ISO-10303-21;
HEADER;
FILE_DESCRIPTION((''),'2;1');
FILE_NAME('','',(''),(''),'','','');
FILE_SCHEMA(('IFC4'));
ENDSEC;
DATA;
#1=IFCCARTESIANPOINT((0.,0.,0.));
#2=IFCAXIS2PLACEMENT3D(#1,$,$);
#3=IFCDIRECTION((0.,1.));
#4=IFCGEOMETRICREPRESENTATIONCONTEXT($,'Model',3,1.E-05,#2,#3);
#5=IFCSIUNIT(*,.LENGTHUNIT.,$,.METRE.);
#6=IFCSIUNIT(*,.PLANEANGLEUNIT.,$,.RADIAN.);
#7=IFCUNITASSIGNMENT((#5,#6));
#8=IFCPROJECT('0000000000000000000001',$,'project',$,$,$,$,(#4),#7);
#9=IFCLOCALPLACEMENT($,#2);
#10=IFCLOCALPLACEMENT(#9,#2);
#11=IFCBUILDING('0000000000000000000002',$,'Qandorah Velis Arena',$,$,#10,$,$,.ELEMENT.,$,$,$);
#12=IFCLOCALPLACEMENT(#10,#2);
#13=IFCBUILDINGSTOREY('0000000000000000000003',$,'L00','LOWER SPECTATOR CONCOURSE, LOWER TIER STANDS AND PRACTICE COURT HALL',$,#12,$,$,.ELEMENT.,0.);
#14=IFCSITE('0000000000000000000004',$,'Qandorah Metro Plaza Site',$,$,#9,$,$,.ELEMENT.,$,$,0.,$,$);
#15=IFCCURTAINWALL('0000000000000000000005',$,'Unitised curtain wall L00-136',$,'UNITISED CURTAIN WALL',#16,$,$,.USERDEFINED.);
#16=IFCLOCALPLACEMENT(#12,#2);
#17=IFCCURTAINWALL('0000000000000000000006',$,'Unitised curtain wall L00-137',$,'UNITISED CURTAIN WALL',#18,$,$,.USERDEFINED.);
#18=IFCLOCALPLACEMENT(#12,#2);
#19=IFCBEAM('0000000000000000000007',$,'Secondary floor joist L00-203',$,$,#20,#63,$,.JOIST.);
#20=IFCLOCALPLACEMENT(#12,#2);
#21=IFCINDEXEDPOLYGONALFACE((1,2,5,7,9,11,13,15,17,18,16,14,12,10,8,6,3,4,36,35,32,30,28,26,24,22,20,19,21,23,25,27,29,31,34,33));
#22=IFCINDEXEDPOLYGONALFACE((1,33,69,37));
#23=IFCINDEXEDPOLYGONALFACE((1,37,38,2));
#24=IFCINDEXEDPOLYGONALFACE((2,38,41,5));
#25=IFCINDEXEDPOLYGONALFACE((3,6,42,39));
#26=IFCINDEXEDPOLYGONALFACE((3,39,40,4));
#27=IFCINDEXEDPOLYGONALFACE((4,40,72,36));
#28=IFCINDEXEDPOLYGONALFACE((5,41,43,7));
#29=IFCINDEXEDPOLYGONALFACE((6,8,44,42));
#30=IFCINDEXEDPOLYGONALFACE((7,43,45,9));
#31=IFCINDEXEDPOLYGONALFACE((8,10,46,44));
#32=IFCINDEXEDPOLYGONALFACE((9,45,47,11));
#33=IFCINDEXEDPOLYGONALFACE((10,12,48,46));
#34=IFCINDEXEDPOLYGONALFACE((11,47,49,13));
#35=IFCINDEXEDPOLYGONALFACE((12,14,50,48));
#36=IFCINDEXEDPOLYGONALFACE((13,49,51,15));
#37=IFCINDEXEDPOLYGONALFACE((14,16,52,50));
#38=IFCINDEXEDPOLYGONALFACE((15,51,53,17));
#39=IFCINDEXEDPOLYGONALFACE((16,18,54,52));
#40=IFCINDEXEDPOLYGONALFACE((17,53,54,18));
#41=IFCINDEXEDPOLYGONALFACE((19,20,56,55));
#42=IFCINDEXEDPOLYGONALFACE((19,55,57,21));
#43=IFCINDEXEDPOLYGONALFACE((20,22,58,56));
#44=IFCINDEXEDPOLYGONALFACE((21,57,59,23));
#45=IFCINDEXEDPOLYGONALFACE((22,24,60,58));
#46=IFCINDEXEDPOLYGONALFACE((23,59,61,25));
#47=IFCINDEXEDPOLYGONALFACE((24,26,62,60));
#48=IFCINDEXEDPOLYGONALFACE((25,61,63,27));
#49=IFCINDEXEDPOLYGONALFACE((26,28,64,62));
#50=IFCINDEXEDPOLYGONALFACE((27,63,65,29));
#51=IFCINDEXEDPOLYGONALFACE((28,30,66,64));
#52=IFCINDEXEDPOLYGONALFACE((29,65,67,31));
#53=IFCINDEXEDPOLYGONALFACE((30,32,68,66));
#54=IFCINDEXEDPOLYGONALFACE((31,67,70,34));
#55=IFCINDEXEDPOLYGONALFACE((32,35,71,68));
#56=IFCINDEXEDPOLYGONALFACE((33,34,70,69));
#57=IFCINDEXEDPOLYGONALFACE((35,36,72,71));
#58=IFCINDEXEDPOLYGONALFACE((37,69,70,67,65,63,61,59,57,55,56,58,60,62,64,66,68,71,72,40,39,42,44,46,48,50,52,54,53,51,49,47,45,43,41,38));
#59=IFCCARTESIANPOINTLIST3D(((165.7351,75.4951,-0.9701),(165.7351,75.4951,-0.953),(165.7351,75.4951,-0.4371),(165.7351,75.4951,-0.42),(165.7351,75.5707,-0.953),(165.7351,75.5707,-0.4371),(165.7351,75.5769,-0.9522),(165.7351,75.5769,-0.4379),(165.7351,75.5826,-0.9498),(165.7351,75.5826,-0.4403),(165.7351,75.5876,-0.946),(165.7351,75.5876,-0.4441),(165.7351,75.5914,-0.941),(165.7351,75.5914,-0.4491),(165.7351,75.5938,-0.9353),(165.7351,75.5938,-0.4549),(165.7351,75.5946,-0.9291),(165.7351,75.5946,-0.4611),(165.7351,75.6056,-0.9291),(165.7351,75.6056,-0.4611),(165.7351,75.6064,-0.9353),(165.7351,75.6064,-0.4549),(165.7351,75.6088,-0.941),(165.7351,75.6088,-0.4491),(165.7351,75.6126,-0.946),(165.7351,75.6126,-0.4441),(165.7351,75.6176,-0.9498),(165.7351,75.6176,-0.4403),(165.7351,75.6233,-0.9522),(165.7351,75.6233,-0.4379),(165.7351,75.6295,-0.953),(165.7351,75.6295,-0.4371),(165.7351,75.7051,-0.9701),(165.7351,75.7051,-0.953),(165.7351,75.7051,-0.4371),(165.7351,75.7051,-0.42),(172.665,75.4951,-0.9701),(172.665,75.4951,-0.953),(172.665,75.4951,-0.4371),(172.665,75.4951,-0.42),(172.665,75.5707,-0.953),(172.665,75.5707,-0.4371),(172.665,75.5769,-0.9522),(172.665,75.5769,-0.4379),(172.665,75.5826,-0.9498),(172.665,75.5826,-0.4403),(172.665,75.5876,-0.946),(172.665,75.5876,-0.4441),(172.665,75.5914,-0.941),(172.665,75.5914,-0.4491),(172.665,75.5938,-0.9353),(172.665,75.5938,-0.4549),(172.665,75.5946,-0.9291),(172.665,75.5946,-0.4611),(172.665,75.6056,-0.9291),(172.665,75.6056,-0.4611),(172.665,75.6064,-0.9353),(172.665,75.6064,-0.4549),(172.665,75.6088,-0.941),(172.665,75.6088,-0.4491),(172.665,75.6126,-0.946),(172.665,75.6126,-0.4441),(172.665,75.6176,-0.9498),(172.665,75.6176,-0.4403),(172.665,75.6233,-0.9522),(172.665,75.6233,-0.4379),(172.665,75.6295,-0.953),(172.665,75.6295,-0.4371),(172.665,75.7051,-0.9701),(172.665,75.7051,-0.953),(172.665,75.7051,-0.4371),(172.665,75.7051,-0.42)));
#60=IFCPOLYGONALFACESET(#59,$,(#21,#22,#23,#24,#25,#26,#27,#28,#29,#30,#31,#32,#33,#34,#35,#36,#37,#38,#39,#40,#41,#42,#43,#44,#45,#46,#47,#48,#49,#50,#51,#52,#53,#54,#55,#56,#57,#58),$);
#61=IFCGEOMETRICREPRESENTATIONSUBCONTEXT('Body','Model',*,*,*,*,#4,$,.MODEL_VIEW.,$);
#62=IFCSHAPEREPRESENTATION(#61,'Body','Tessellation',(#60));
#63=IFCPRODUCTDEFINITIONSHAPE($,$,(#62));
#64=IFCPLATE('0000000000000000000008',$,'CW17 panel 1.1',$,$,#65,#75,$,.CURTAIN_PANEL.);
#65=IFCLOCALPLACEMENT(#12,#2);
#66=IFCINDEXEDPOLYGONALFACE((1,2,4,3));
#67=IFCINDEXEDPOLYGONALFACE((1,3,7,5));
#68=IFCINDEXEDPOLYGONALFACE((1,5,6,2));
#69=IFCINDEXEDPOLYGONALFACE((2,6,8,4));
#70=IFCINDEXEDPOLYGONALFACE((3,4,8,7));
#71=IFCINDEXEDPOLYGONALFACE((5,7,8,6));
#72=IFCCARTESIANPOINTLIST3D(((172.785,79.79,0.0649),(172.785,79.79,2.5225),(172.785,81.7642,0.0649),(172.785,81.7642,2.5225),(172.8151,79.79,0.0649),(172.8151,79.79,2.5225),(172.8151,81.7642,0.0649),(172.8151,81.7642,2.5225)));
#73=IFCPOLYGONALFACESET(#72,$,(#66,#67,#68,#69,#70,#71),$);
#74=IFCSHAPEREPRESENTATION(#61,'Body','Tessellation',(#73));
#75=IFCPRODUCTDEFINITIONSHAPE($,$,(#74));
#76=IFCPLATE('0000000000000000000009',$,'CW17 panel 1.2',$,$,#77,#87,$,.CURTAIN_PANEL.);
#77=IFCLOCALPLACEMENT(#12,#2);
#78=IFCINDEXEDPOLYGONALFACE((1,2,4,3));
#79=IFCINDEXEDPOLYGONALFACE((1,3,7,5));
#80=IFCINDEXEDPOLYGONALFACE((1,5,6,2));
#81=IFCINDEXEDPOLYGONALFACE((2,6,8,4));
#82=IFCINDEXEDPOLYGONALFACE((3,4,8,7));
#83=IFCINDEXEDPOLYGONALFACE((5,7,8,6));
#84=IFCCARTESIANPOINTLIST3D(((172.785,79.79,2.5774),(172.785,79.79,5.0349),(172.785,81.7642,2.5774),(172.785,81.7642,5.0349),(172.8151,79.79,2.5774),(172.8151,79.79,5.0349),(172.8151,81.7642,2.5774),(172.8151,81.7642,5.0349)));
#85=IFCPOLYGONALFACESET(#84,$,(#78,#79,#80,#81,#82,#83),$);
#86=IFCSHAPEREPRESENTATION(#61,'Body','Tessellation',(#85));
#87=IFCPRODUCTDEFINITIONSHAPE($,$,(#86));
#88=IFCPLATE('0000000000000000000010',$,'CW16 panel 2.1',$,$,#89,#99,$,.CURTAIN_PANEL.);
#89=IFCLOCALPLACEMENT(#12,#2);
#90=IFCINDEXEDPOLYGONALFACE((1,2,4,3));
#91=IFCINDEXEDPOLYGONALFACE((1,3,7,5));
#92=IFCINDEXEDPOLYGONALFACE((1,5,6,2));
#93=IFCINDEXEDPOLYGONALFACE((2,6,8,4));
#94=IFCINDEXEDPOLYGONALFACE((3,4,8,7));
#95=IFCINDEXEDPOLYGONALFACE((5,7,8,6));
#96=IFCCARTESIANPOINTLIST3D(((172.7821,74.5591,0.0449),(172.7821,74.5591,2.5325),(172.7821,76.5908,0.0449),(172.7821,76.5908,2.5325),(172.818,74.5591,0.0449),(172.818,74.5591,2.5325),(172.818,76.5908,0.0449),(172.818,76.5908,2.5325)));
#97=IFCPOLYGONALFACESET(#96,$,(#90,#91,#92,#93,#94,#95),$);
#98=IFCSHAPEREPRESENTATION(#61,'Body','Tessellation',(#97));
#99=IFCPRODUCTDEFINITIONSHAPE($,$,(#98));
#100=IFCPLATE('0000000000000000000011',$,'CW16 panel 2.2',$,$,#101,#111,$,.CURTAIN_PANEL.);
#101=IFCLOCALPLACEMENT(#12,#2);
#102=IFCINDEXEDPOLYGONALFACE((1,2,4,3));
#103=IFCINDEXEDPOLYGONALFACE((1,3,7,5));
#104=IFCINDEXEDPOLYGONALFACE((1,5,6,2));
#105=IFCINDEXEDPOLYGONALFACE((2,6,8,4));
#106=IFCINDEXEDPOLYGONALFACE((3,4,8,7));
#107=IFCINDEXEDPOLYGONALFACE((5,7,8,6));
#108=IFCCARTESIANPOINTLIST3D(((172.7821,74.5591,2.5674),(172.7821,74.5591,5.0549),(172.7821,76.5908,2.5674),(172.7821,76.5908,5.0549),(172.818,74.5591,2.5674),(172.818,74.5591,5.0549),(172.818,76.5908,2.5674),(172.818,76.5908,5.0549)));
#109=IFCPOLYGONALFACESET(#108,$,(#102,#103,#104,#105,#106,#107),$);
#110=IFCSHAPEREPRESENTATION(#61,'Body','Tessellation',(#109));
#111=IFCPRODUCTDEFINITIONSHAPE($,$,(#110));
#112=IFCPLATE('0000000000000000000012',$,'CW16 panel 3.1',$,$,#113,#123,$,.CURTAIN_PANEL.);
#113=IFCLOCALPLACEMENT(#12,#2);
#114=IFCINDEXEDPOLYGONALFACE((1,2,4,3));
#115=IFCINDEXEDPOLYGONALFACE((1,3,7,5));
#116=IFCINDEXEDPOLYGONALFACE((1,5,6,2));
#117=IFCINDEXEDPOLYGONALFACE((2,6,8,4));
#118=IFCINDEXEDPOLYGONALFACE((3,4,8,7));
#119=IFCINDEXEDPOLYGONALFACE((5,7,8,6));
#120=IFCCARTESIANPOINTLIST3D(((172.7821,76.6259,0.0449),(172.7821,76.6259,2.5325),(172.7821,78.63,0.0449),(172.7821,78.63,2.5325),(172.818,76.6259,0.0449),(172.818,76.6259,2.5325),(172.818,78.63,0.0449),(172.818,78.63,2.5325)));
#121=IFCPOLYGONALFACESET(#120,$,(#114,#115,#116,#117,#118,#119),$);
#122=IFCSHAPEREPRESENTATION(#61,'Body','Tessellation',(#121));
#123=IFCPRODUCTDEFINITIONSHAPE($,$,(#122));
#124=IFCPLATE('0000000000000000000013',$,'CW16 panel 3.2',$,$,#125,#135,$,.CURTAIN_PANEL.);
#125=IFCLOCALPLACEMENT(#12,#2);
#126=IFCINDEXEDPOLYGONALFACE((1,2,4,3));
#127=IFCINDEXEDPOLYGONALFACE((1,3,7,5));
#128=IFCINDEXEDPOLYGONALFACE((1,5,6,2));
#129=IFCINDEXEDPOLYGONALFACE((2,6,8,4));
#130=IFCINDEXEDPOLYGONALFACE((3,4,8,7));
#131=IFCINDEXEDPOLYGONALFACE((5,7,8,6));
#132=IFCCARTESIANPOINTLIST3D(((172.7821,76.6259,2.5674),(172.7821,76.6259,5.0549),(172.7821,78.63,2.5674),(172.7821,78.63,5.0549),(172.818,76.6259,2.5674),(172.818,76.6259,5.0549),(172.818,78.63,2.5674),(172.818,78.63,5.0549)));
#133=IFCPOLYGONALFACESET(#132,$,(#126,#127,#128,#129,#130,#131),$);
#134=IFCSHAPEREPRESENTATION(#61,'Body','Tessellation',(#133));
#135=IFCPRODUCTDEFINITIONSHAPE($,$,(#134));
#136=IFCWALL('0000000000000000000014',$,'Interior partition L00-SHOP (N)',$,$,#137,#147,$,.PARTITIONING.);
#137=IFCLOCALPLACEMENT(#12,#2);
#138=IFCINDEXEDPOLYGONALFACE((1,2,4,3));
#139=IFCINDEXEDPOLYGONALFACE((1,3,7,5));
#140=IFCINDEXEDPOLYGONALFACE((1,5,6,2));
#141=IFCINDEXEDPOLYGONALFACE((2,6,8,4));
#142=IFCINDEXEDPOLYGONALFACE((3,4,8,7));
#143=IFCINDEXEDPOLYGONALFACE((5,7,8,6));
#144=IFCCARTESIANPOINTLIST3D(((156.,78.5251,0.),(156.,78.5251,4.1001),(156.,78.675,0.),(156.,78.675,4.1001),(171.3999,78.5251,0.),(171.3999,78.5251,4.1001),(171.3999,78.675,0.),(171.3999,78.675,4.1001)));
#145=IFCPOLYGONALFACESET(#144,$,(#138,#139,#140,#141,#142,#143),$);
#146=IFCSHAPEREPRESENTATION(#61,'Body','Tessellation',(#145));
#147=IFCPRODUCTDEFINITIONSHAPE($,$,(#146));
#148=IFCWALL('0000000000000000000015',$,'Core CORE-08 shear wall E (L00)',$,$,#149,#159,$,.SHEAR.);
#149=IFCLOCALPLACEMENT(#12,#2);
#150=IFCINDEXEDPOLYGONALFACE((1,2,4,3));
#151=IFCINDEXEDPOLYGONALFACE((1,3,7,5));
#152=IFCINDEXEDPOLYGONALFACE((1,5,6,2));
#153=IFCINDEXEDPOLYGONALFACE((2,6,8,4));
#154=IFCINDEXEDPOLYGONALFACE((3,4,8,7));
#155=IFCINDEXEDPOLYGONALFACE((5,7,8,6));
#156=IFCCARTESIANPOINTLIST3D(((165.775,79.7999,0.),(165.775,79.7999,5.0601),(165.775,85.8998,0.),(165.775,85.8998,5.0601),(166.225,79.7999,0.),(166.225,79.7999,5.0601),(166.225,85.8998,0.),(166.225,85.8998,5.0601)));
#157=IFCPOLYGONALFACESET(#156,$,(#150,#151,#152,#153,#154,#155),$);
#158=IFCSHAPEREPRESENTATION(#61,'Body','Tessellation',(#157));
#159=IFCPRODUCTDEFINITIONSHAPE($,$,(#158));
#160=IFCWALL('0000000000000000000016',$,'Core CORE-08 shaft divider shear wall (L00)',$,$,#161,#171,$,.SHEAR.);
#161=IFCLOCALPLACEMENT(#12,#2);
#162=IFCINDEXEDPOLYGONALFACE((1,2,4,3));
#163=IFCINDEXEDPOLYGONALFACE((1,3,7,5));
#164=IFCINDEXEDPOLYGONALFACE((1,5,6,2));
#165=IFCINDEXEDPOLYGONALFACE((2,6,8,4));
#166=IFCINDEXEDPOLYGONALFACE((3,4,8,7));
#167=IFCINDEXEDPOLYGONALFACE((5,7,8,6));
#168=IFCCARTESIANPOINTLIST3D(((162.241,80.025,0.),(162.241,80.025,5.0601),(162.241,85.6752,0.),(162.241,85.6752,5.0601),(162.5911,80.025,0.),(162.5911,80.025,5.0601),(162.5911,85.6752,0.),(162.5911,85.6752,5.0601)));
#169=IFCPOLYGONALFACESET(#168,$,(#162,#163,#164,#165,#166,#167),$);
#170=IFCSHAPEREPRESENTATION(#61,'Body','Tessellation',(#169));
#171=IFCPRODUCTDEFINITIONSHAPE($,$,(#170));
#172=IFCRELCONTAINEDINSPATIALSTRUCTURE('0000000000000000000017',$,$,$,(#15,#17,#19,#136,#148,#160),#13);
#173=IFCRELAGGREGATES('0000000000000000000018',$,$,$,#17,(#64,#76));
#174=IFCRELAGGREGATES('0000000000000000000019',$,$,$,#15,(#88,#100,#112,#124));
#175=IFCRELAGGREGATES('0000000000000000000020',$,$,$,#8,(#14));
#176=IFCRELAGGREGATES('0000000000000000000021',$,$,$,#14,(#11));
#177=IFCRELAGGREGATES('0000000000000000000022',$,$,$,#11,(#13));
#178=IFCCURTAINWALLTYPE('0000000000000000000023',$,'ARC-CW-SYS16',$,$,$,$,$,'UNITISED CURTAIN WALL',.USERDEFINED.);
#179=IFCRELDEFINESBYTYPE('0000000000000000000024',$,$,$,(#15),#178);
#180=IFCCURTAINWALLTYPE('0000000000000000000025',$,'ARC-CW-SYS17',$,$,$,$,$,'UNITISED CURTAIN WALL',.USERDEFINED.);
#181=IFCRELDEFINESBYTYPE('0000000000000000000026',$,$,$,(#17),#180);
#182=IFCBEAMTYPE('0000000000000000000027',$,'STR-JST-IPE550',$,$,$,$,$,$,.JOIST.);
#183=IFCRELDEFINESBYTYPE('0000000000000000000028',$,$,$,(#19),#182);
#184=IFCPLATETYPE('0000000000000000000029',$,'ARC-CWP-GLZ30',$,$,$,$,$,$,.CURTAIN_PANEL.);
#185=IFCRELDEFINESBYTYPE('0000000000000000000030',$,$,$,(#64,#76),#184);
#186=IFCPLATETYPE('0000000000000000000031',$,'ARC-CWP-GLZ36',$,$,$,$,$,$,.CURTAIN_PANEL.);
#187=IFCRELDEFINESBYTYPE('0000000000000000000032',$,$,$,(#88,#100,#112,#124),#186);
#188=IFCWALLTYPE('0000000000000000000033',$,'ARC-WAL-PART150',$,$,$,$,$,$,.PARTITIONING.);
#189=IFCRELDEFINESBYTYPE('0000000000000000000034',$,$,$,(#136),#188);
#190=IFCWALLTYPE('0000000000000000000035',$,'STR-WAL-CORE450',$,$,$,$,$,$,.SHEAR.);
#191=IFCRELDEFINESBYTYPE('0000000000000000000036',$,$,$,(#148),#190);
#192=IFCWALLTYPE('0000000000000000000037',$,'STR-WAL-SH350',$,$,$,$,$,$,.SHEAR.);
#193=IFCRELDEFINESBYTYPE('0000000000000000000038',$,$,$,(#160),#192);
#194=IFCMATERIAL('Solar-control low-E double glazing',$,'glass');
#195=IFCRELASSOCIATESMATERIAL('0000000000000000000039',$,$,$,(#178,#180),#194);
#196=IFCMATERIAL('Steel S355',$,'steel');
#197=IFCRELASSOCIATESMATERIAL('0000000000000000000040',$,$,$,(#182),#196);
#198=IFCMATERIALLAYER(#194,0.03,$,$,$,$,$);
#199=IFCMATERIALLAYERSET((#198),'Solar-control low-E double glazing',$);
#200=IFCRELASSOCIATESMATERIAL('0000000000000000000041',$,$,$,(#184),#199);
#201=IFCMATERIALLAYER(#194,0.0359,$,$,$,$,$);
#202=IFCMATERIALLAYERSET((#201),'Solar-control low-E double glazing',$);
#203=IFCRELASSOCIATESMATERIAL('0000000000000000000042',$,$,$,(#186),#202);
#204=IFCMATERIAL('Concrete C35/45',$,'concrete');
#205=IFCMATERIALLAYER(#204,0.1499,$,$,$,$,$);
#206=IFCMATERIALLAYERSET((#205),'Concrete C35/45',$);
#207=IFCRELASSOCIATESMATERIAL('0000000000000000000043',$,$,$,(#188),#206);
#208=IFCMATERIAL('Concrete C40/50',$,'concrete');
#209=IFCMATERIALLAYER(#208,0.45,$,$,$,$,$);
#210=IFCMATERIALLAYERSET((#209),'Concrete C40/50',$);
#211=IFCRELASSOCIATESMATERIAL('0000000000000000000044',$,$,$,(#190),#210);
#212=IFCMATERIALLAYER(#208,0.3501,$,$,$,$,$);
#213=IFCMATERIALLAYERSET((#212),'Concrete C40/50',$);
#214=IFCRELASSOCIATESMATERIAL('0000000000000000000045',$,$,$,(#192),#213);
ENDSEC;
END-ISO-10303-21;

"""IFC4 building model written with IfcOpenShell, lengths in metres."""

from ifc_helpers import new_model, si_unit, direction, frame, frame_2d, origin, origin_2d, place, context, subcontext, project, spatial, rectangle, i_section, extrude, material, layer, layer_set, material_profile, profile_set, type_object, element, aggregate, save


model = new_model("IFC4")

# Units and contexts
model_context = context("Model", 3, precision=1e-05, world=origin(), true_north=direction((0.0, 1.0)))
body_context = subcontext(model_context, "Body", "Model", "MODEL_VIEW")
ifc_project = project(units=[si_unit("LENGTHUNIT", "METRE"), si_unit("PLANEANGLEUNIT", "RADIAN")], contexts=[model_context])

# Site, building, storey
site_placement = place(None, origin())
site = spatial("IfcSite", under=ifc_project, at=site_placement, Name="Qandorah Metro Plaza Site", CompositionType="ELEMENT", RefElevation=0.0)
building_placement = place(site_placement, origin())
building = spatial("IfcBuilding", under=site, at=building_placement, Name="Qandorah Velis Arena", CompositionType="ELEMENT")
storey_placement = place(building_placement, origin())
storey = spatial("IfcBuildingStorey", under=building, at=storey_placement, Name="L00", Description="LOWER SPECTATOR CONCOURSE, LOWER TIER STANDS AND PRACTICE COURT HALL", CompositionType="ELEMENT", Elevation=0.0)

# Shared definitions
ifc_material_1 = material(Name="Concrete C40/50", Category="concrete")

# Curtain walls
ifc_material_2 = material(Name="Solar-control low-E double glazing", Category="glass")
curtain_wall_type_1 = type_object("IfcCurtainWallType", Name="ARC-CW-SYS16", ElementType="UNITISED CURTAIN WALL", PredefinedType="USERDEFINED", material=ifc_material_2)
curtain_wall_1_placement = place(storey_placement, origin())
curtain_wall_1 = element("IfcCurtainWall", 1, at=curtain_wall_1_placement, inside=storey, type_object=curtain_wall_type_1, Name="Unitised curtain wall L00-136", ObjectType="UNITISED CURTAIN WALL", PredefinedType="USERDEFINED")
curtain_wall_type_2 = type_object("IfcCurtainWallType", Name="ARC-CW-SYS17", ElementType="UNITISED CURTAIN WALL", PredefinedType="USERDEFINED", material=ifc_material_2)
curtain_wall_2_placement = place(storey_placement, origin())
curtain_wall_2 = element("IfcCurtainWall", 2, at=curtain_wall_2_placement, inside=storey, type_object=curtain_wall_type_2, Name="Unitised curtain wall L00-137", ObjectType="UNITISED CURTAIN WALL", PredefinedType="USERDEFINED")

# Beam
ifc_material_3 = material(Name="Steel S355", Category="steel")
ifc_material_profile_1 = material_profile(ifc_material_3, i_section(OverallWidth=0.21, OverallDepth=0.55, WebThickness=0.011, FlangeThickness=0.0171, FilletRadius=0.0239, at=origin_2d()), Name="IPE 550")
ifc_profile_set_1 = profile_set([ifc_material_profile_1], Name="Steel S355")
beam_type_1 = type_object("IfcBeamType", Name="STR-JST-IPE550", PredefinedType="JOIST", material=ifc_profile_set_1)
beam_1_placement = place(storey_placement, frame((165.7351, 75.6001, -0.6951), z_axis=(1.0, 0.0, 0.0), x_axis=(0.0, 1.0, 0.0)))
element("IfcBeam", 3, at=beam_1_placement, inside=storey, type_object=beam_type_1, Name="Secondary floor joist L00-203", PredefinedType="JOIST", context=body_context, shape_type="SweptSolid", body=[
    extrude(i_section(OverallWidth=0.21, OverallDepth=0.55, WebThickness=0.011, FlangeThickness=0.0171, FilletRadius=0.0239, at=origin_2d()), origin(), (0.0, 0.0, 1.0), 6.9299),
])

# Plates
ifc_layer_1 = layer(ifc_material_2, 0.03)
ifc_layer_set_1 = layer_set([ifc_layer_1], Name="Solar-control low-E double glazing")
plate_type_1 = type_object("IfcPlateType", Name="ARC-CWP-GLZ30", PredefinedType="CURTAIN_PANEL", material=ifc_layer_set_1)
plate_1_placement = place(storey_placement, frame((172.8, 80.7771, 0.0649), z_axis=(0.0, 0.0, 1.0), x_axis=(0.0, 1.0, 0.0)))
plate_1 = element("IfcPlate", 4, at=plate_1_placement, type_object=plate_type_1, Name="CW17 panel 1.1", PredefinedType="CURTAIN_PANEL", context=body_context, shape_type="SweptSolid", body=[
    extrude(rectangle(XDim=1.9741, YDim=0.03, at=origin_2d()), origin(), (0.0, 0.0, 1.0), 2.4575),
])
plate_2_placement = place(storey_placement, frame((172.8, 80.7771, 2.5774), z_axis=(0.0, 0.0, 1.0), x_axis=(0.0, 1.0, 0.0)))
plate_2 = element("IfcPlate", 5, at=plate_2_placement, type_object=plate_type_1, Name="CW17 panel 1.2", PredefinedType="CURTAIN_PANEL", context=body_context, shape_type="SweptSolid", body=[
    extrude(rectangle(XDim=1.9741, YDim=0.03, at=origin_2d()), origin(), (0.0, 0.0, 1.0), 2.4575),
])
aggregate(curtain_wall_2, [plate_1, plate_2])
ifc_layer_2 = layer(ifc_material_2, 0.0359)
ifc_layer_set_2 = layer_set([ifc_layer_2], Name="Solar-control low-E double glazing")
plate_type_2 = type_object("IfcPlateType", Name="ARC-CWP-GLZ36", PredefinedType="CURTAIN_PANEL", material=ifc_layer_set_2)
plate_3_placement = place(storey_placement, frame((172.8, 75.575, 0.0449), z_axis=(0.0, 0.0, 1.0), x_axis=(0.0, 1.0, 0.0)))
plate_3 = element("IfcPlate", 6, at=plate_3_placement, type_object=plate_type_2, Name="CW16 panel 2.1", PredefinedType="CURTAIN_PANEL", context=body_context, shape_type="SweptSolid", body=[
    extrude(rectangle(XDim=2.0317, YDim=0.0359, at=origin_2d()), origin(), (0.0, 0.0, 1.0), 2.4875),
])
plate_4_placement = place(storey_placement, frame((172.8, 75.575, 2.5674), z_axis=(0.0, 0.0, 1.0), x_axis=(0.0, 1.0, 0.0)))
plate_4 = element("IfcPlate", 7, at=plate_4_placement, type_object=plate_type_2, Name="CW16 panel 2.2", PredefinedType="CURTAIN_PANEL", context=body_context, shape_type="SweptSolid", body=[
    extrude(rectangle(XDim=2.0317, YDim=0.0359, at=origin_2d()), origin(), (0.0, 0.0, 1.0), 2.4875),
])
plate_5_placement = place(storey_placement, frame((172.8, 77.6279, 0.0449), z_axis=(0.0, 0.0, 1.0), x_axis=(0.0, 1.0, 0.0)))
plate_5 = element("IfcPlate", 8, at=plate_5_placement, type_object=plate_type_2, Name="CW16 panel 3.1", PredefinedType="CURTAIN_PANEL", context=body_context, shape_type="SweptSolid", body=[
    extrude(rectangle(XDim=2.0042, YDim=0.0359, at=origin_2d()), origin(), (0.0, 0.0, 1.0), 2.4875),
])
plate_6_placement = place(storey_placement, frame((172.8, 77.6279, 2.5674), z_axis=(0.0, 0.0, 1.0), x_axis=(0.0, 1.0, 0.0)))
plate_6 = element("IfcPlate", 9, at=plate_6_placement, type_object=plate_type_2, Name="CW16 panel 3.2", PredefinedType="CURTAIN_PANEL", context=body_context, shape_type="SweptSolid", body=[
    extrude(rectangle(XDim=2.0042, YDim=0.0359, at=origin_2d()), origin(), (0.0, 0.0, 1.0), 2.4875),
])
aggregate(curtain_wall_1, [plate_3, plate_4, plate_5, plate_6])

# Walls
ifc_material_4 = material(Name="Concrete C35/45", Category="concrete")
ifc_layer_3 = layer(ifc_material_4, 0.1499)
ifc_layer_set_3 = layer_set([ifc_layer_3], Name="Concrete C35/45")
wall_type_1 = type_object("IfcWallType", Name="ARC-WAL-PART150", PredefinedType="PARTITIONING", material=ifc_layer_set_3)
wall_1_placement = place(storey_placement, frame((171.3999, 78.6001, 0.0), z_axis=(0.0, 0.0, 1.0), x_axis=(-1.0, 0.0, 0.0)))
element("IfcWall", 10, at=wall_1_placement, inside=storey, type_object=wall_type_1, Name="Interior partition L00-SHOP (N)", PredefinedType="PARTITIONING", context=body_context, shape_type="SweptSolid", body=[
    extrude(rectangle(XDim=15.3999, YDim=0.1499, at=frame_2d((7.7, 0.0))), origin(), (0.0, 0.0, 1.0), 4.1001),
])
ifc_layer_4 = layer(ifc_material_1, 0.45)
ifc_layer_set_4 = layer_set([ifc_layer_4], Name="Concrete C40/50")
wall_type_2 = type_object("IfcWallType", Name="STR-WAL-CORE450", PredefinedType="SHEAR", material=ifc_layer_set_4)
wall_2_placement = place(storey_placement, frame((166.0, 79.8, 0.0), z_axis=(0.0, 0.0, 1.0), x_axis=(0.0, 1.0, 0.0)))
element("IfcWall", 11, at=wall_2_placement, inside=storey, type_object=wall_type_2, Name="Core CORE-08 shear wall E (L00)", PredefinedType="SHEAR", context=body_context, shape_type="SweptSolid", body=[
    extrude(rectangle(XDim=6.0999, YDim=0.45, at=frame_2d((3.0498, 0.0))), origin(), (0.0, 0.0, 1.0), 5.0601),
])
ifc_layer_5 = layer(ifc_material_1, 0.3501)
ifc_layer_set_5 = layer_set([ifc_layer_5], Name="Concrete C40/50")
wall_type_3 = type_object("IfcWallType", Name="STR-WAL-SH350", PredefinedType="SHEAR", material=ifc_layer_set_5)
wall_3_placement = place(storey_placement, frame((162.416, 80.0249, 0.0), z_axis=(0.0, 0.0, 1.0), x_axis=(0.0, 1.0, 0.0)))
element("IfcWall", 12, at=wall_3_placement, inside=storey, type_object=wall_type_3, Name="Core CORE-08 shaft divider shear wall (L00)", PredefinedType="SHEAR", context=body_context, shape_type="SweptSolid", body=[
    extrude(rectangle(XDim=5.6501, YDim=0.3501, at=frame_2d((2.8252, 0.0))), origin(), (0.0, 0.0, 1.0), 5.0601),
])

save(model, "model.ifc")
